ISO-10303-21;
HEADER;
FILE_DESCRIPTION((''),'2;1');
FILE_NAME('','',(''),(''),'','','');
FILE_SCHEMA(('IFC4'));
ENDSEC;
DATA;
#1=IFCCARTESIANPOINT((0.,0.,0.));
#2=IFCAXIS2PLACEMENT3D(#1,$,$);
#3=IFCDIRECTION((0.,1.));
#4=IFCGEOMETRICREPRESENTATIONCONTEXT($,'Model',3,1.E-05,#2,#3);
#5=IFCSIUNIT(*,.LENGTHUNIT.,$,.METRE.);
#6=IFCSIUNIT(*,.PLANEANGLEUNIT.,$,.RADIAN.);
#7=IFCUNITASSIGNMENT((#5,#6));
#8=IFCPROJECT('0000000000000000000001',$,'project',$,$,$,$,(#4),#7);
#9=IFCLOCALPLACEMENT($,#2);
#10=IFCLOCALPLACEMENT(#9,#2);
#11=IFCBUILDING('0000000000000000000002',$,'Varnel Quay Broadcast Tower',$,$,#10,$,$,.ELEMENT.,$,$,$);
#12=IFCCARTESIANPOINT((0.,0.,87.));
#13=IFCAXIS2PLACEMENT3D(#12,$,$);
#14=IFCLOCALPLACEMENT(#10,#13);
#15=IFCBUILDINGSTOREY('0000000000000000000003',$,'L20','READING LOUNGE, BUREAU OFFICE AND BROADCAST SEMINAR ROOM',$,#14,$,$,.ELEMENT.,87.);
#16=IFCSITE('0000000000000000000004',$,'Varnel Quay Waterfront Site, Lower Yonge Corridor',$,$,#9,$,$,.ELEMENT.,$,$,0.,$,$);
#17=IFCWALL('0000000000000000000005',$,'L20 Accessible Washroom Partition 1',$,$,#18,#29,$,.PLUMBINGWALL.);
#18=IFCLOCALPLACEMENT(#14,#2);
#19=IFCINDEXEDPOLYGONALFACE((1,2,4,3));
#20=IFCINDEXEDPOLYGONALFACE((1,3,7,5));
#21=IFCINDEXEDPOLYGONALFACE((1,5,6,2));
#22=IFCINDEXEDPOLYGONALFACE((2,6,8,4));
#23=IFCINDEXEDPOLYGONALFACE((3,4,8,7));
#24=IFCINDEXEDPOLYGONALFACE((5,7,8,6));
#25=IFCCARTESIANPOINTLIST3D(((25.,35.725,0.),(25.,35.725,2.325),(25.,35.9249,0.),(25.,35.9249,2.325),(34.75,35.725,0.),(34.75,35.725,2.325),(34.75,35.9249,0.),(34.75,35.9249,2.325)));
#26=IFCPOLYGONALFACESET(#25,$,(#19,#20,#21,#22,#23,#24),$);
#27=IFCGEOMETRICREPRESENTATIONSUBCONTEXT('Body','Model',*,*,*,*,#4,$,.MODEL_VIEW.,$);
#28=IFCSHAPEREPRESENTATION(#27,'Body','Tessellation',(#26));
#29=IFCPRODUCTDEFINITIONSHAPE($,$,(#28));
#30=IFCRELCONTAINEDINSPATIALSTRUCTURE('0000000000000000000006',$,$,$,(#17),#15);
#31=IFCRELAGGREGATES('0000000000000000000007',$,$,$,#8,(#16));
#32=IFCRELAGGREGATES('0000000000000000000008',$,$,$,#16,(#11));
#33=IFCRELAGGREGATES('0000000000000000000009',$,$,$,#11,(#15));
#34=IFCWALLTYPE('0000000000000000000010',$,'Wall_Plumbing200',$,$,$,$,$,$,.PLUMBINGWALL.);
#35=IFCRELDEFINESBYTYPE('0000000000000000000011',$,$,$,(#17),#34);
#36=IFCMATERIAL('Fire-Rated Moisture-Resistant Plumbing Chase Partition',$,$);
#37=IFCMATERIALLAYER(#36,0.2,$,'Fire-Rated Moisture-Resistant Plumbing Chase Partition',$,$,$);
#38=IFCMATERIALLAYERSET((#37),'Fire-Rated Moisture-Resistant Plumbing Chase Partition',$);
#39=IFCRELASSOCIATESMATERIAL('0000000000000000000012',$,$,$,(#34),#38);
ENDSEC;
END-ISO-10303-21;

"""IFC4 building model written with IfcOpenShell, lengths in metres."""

from ifc_helpers import new_model, si_unit, direction, frame, frame_2d, origin, place, context, subcontext, project, spatial, rectangle, extrude, material, layer, layer_set, type_object, element, save


model = new_model("IFC4")

# Units and contexts
model_context = context("Model", 3, precision=1e-05, world=origin(), true_north=direction((0.0, 1.0)))
body_context = subcontext(model_context, "Body", "Model", "MODEL_VIEW")
ifc_project = project(units=[si_unit("LENGTHUNIT", "METRE"), si_unit("PLANEANGLEUNIT", "RADIAN")], contexts=[model_context])

# Site, building, storey
site_placement = place(None, origin())
site = spatial("IfcSite", under=ifc_project, at=site_placement, Name="Varnel Quay Waterfront Site, Lower Yonge Corridor", CompositionType="ELEMENT", RefElevation=0.0)
building_placement = place(site_placement, origin())
building = spatial("IfcBuilding", under=site, at=building_placement, Name="Varnel Quay Broadcast Tower", CompositionType="ELEMENT")
storey_placement = place(building_placement, frame((0.0, 0.0, 87.0)))
storey = spatial("IfcBuildingStorey", under=building, at=storey_placement, Name="L20", Description="READING LOUNGE, BUREAU OFFICE AND BROADCAST SEMINAR ROOM", CompositionType="ELEMENT", Elevation=87.0)

# Wall
ifc_material_1 = material(Name="Fire-Rated Moisture-Resistant Plumbing Chase Partition")
ifc_layer_1 = layer(ifc_material_1, 0.2, Name="Fire-Rated Moisture-Resistant Plumbing Chase Partition")
ifc_layer_set_1 = layer_set([ifc_layer_1], Name="Fire-Rated Moisture-Resistant Plumbing Chase Partition")
wall_type_1 = type_object("IfcWallType", Name="Wall_Plumbing200", PredefinedType="PLUMBINGWALL", material=ifc_layer_set_1)
wall_1_placement = place(storey_placement, frame((25.0, 35.825, 0.0), z_axis=(0.0, 0.0, 1.0), x_axis=(1.0, 0.0, 0.0)))
element("IfcWall", 1, at=wall_1_placement, inside=storey, type_object=wall_type_1, Name="L20 Accessible Washroom Partition 1", PredefinedType="PLUMBINGWALL", context=body_context, shape_type="SweptSolid", body=[
    extrude(rectangle(XDim=9.75, YDim=0.2, at=frame_2d((4.875, 0.0))), origin(), (0.0, 0.0, 1.0), 2.325),
])

save(model, "model.ifc")
